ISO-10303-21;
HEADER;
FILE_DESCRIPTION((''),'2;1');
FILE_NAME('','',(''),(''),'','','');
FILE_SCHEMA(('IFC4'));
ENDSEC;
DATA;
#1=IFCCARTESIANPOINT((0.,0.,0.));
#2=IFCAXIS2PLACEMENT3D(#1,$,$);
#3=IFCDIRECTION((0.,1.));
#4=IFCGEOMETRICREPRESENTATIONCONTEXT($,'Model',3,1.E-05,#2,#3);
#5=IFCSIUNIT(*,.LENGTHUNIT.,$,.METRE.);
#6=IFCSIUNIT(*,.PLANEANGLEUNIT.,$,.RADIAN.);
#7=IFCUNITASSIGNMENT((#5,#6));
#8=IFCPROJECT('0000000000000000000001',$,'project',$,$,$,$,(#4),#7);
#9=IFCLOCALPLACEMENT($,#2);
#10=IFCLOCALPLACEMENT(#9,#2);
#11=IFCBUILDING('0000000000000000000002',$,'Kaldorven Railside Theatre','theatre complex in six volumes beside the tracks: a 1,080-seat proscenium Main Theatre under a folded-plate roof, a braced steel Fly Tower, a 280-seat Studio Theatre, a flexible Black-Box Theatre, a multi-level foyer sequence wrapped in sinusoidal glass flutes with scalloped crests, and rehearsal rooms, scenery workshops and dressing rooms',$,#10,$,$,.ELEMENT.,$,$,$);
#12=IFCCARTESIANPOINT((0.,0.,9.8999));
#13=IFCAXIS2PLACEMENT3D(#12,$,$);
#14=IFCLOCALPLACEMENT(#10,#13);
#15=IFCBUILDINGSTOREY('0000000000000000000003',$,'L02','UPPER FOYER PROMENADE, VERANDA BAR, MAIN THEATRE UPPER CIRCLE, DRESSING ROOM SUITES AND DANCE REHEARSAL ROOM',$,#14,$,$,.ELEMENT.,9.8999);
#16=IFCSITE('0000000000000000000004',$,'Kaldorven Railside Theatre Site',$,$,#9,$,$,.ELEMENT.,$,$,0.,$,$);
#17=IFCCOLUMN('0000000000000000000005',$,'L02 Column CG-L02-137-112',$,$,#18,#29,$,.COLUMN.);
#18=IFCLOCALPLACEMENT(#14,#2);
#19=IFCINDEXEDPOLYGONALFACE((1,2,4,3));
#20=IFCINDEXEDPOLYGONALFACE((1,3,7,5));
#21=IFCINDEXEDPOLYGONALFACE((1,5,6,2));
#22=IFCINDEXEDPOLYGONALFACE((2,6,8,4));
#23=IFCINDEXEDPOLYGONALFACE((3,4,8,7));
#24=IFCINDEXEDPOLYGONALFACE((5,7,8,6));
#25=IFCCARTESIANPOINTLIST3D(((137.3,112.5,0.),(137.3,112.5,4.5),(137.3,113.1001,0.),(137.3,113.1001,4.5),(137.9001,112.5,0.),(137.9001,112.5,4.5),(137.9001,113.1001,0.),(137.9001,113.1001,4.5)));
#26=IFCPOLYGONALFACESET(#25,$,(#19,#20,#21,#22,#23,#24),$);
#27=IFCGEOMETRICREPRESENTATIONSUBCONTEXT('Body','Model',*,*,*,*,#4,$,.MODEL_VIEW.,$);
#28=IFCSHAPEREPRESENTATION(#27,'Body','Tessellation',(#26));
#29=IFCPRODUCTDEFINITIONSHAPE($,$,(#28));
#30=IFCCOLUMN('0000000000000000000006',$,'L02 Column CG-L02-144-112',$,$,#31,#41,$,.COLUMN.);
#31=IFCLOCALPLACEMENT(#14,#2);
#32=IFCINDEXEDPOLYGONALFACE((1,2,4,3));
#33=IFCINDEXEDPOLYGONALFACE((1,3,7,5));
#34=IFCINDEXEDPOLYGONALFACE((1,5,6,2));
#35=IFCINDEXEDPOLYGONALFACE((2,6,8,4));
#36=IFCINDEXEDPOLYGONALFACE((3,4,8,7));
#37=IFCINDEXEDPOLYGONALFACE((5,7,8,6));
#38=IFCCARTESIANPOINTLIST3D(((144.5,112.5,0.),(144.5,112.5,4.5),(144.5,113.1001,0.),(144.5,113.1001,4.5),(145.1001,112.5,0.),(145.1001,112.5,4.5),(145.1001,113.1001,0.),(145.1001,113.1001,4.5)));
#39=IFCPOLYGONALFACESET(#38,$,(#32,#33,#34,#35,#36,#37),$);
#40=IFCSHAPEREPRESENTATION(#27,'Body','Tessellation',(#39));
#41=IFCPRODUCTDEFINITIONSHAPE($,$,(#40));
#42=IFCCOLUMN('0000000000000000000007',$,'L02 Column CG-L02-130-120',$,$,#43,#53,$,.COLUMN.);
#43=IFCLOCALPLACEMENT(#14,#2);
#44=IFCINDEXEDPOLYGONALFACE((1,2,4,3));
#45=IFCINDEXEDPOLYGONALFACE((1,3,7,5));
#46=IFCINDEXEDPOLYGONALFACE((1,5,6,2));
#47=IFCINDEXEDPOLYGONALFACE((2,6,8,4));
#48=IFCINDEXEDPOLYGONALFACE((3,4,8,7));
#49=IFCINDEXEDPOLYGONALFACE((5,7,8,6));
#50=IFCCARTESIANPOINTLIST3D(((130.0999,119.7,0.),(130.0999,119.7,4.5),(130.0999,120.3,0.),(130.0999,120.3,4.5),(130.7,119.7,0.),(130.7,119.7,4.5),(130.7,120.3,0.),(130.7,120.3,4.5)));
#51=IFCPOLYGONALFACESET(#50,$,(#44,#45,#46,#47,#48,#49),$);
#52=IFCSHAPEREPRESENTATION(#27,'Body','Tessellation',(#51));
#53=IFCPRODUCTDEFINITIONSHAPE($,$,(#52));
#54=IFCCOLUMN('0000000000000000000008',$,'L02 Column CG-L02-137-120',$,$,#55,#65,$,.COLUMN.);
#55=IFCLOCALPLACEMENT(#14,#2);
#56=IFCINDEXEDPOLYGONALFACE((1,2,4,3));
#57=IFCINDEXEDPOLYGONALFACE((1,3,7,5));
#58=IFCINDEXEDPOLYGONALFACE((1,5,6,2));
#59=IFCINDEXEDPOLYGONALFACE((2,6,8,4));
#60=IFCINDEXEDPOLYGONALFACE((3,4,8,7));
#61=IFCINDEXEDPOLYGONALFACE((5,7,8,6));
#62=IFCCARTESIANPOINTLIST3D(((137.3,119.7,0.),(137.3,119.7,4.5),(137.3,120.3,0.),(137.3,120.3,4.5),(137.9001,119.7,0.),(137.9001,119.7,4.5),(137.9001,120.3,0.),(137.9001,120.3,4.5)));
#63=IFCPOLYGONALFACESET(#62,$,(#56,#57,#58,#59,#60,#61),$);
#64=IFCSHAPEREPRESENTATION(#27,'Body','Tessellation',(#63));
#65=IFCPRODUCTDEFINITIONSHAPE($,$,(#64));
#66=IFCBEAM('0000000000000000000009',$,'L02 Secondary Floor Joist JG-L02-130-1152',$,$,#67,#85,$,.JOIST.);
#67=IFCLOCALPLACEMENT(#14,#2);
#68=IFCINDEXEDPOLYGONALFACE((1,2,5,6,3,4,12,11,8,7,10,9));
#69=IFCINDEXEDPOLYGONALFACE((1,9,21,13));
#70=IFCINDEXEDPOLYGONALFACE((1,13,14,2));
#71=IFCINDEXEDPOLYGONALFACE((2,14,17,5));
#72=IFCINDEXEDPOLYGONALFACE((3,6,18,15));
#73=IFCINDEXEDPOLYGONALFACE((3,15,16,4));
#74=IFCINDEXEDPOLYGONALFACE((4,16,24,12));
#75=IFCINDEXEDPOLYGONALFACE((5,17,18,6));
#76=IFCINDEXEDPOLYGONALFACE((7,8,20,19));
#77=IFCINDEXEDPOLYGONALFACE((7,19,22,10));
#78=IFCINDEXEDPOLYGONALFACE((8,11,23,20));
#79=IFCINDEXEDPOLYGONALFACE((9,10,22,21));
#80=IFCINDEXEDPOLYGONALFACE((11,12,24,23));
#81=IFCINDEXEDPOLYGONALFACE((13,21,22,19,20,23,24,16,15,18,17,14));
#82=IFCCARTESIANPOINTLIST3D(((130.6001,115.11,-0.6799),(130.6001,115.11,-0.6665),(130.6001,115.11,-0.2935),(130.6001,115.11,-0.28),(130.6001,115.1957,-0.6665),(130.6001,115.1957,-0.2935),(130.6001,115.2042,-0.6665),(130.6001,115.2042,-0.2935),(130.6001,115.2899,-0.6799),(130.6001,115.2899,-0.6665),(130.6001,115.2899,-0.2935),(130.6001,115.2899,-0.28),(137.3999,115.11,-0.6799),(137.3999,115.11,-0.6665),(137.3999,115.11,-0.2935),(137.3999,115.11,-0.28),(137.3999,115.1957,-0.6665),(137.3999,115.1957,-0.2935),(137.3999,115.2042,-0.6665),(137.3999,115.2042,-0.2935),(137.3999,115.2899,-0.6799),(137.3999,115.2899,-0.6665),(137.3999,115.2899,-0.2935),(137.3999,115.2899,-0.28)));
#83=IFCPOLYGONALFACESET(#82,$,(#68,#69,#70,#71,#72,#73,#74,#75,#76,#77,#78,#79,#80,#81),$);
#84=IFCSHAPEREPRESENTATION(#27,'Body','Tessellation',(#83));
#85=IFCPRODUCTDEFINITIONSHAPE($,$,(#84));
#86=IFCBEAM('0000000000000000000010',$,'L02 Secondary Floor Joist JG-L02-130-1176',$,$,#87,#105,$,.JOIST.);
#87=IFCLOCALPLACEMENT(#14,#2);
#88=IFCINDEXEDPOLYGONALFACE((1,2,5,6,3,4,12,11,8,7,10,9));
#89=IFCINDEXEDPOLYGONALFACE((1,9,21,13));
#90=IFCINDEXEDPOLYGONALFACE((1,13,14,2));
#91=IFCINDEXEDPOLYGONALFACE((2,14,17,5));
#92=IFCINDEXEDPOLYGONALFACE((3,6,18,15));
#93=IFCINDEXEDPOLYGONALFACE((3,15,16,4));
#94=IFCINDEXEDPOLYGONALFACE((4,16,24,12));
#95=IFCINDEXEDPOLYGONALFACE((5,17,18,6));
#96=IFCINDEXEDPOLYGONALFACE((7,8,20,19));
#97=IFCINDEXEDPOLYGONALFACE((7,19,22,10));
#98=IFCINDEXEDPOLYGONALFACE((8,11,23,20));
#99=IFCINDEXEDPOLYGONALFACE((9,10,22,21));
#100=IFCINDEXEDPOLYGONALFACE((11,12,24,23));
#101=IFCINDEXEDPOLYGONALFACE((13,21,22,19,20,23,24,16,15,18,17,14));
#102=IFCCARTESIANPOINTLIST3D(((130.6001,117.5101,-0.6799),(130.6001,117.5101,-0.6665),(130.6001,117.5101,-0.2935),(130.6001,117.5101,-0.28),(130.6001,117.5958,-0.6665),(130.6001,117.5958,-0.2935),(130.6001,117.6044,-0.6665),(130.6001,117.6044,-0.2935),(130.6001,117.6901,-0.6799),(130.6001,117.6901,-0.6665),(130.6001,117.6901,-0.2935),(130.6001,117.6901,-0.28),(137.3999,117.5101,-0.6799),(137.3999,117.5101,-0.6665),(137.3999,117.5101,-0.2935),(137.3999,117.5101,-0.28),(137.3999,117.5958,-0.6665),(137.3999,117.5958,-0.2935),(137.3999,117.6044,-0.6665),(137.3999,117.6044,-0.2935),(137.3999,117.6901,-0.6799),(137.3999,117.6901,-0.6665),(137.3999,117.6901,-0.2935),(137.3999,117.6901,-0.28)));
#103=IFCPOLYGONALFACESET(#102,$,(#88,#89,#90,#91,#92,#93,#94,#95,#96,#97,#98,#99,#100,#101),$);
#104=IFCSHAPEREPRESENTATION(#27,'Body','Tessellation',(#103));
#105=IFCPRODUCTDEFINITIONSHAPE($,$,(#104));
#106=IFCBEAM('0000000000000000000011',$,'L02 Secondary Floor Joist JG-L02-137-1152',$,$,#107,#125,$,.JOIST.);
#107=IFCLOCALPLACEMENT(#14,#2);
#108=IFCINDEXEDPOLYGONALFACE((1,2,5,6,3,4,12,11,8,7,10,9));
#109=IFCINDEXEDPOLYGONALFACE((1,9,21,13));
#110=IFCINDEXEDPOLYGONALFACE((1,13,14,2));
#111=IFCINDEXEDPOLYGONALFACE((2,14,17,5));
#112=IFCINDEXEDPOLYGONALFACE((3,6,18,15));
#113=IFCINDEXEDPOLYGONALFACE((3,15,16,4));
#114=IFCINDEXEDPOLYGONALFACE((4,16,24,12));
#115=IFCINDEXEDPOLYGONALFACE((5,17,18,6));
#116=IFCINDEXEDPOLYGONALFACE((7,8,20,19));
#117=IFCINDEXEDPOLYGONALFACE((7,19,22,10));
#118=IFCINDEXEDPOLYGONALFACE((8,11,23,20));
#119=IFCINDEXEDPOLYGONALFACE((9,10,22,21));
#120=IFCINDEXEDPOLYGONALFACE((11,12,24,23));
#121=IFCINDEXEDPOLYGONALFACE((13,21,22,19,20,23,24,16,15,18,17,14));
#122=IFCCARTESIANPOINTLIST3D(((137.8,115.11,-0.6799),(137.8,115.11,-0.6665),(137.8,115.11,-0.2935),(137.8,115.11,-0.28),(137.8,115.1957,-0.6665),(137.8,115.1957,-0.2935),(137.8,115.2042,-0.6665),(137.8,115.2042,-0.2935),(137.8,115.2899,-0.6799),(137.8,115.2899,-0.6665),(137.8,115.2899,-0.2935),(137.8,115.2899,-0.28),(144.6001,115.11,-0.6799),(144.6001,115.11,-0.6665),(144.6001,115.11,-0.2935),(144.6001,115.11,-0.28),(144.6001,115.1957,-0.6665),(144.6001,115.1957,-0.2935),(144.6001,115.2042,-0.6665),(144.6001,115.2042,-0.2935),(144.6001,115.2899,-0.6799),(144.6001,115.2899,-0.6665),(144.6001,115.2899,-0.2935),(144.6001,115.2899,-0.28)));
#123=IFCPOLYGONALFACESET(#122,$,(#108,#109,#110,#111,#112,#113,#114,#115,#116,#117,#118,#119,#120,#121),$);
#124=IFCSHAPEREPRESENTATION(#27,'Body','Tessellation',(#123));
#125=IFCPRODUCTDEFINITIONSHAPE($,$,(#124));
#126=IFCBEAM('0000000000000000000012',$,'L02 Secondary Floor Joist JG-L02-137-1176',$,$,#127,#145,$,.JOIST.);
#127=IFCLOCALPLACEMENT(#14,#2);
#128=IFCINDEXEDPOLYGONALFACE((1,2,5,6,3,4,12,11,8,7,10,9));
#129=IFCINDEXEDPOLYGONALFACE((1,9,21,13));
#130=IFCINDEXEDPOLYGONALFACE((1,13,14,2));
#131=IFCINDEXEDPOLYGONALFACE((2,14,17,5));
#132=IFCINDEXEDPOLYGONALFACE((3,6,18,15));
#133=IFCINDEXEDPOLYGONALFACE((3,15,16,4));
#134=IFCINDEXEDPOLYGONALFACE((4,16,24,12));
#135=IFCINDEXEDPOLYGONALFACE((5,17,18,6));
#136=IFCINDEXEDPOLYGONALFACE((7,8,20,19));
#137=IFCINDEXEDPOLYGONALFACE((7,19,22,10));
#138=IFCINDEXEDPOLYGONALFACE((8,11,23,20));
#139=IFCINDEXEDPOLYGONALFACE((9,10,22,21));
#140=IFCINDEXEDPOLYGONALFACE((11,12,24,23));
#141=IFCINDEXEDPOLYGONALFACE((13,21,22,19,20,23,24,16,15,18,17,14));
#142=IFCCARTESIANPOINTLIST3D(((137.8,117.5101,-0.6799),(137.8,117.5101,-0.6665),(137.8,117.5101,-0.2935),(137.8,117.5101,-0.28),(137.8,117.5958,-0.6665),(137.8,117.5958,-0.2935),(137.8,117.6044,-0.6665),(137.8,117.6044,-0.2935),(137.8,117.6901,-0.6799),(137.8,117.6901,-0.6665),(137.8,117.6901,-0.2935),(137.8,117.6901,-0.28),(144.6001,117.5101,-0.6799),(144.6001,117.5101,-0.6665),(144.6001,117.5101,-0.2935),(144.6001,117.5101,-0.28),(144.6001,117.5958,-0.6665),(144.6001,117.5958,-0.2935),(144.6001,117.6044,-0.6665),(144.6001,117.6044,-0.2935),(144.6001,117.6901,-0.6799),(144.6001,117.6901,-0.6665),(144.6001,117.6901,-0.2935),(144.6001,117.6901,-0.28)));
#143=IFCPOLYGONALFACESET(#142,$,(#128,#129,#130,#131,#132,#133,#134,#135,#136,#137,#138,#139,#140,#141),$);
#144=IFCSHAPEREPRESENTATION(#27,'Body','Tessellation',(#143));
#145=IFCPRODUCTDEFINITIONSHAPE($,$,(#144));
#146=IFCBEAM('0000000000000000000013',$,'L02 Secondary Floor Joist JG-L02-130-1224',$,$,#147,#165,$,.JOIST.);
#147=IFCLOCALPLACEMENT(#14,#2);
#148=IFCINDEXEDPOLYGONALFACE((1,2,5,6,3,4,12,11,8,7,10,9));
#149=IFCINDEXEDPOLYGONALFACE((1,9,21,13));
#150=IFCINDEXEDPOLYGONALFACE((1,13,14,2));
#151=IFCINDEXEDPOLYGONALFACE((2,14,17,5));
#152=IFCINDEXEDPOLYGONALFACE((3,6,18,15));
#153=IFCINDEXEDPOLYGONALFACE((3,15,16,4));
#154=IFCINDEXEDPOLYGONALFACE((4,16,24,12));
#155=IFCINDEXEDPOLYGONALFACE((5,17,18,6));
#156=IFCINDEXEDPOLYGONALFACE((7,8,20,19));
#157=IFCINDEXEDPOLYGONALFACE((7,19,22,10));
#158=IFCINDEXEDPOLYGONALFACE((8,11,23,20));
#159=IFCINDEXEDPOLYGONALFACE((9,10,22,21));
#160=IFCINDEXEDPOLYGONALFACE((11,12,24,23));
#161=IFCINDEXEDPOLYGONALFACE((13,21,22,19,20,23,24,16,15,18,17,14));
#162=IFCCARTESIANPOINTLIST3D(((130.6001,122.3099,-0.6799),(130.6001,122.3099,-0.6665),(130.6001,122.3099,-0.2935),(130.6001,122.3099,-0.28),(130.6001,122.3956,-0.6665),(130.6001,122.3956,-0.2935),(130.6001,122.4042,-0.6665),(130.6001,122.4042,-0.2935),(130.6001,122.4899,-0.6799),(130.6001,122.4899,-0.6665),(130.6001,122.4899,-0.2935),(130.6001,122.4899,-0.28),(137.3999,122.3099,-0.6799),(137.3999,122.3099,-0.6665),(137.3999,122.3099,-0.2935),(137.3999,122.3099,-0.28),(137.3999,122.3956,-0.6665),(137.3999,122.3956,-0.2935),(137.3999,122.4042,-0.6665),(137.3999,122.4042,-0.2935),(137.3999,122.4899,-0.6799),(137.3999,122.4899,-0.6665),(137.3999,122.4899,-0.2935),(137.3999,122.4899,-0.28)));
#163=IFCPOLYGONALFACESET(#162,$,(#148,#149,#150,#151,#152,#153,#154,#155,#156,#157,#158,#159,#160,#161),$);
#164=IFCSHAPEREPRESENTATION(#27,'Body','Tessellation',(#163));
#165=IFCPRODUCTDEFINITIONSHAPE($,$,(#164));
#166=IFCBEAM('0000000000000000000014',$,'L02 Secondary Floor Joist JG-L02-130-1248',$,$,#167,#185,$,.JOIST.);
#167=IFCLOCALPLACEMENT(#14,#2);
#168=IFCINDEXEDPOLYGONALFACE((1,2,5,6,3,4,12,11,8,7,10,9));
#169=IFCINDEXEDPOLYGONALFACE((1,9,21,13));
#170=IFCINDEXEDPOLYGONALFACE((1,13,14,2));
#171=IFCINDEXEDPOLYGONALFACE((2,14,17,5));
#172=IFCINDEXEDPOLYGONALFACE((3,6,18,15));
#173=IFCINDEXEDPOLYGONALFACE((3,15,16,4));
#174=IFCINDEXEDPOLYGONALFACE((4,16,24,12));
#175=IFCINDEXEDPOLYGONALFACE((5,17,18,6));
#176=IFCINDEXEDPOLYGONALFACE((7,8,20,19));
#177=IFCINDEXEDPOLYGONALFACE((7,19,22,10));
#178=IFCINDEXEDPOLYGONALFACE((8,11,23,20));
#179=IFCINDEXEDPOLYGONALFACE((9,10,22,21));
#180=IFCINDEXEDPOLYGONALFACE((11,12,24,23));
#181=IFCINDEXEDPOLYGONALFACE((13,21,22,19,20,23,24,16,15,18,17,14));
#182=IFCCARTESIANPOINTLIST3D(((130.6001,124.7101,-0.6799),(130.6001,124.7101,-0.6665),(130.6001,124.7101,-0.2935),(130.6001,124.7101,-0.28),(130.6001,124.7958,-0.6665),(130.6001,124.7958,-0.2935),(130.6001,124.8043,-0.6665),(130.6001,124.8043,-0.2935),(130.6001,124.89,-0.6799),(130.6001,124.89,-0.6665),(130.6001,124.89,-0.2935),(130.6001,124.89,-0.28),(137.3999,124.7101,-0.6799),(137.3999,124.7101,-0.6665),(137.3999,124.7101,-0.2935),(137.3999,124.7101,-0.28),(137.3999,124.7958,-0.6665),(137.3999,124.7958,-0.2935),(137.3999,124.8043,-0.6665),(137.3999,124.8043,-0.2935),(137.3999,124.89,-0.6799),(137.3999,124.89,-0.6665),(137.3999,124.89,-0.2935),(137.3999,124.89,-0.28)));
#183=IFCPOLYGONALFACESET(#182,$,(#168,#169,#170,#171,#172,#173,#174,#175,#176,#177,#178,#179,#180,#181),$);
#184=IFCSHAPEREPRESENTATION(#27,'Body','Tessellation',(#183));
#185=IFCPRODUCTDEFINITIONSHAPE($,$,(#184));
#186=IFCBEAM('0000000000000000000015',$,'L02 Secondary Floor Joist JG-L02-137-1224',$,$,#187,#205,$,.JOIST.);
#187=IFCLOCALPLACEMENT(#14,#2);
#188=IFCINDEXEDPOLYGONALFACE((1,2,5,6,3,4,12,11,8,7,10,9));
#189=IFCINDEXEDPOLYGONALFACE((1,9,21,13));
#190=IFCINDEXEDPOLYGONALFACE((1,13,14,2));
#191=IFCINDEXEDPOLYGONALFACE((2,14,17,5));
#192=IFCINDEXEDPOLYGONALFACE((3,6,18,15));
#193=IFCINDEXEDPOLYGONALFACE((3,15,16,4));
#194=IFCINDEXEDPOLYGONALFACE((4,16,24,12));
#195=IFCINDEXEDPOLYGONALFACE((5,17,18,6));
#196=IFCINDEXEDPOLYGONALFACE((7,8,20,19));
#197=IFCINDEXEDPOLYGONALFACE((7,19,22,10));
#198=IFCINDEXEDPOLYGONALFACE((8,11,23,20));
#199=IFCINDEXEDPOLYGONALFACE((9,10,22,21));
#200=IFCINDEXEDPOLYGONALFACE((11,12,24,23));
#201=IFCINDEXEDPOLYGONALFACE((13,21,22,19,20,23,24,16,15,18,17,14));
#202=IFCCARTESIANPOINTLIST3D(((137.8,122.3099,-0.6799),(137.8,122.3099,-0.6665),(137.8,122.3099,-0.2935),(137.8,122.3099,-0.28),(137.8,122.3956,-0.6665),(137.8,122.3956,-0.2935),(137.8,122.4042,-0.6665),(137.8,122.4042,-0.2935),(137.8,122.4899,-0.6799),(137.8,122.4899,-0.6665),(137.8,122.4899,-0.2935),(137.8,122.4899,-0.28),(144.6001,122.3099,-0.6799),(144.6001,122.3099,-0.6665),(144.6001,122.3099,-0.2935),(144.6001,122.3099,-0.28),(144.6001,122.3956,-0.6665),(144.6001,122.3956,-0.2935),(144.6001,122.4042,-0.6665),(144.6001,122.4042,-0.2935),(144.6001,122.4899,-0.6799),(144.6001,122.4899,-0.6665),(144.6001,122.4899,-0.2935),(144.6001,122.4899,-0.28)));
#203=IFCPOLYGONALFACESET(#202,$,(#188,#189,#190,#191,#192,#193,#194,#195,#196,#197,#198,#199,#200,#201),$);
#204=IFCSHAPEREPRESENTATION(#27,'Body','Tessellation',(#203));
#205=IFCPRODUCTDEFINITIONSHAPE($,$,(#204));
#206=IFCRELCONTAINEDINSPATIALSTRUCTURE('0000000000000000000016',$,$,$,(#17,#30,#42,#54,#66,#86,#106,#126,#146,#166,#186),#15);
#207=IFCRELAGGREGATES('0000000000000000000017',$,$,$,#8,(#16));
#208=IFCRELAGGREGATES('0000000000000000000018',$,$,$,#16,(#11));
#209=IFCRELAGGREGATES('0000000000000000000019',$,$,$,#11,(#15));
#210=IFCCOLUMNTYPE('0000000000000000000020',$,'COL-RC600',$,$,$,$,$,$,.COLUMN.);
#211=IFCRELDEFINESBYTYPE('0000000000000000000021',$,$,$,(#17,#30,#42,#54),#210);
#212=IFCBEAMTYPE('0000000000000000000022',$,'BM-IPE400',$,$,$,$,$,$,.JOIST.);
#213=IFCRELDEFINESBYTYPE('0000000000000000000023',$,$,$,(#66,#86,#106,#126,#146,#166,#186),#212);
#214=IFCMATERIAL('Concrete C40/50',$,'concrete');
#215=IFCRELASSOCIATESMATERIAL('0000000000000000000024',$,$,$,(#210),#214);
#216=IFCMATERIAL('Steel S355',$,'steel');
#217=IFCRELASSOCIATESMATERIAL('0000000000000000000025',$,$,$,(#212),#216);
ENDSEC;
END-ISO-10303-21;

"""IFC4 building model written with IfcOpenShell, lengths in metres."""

from ifc_helpers import new_model, si_unit, direction, frame, origin, origin_2d, place, context, subcontext, project, spatial, rectangle, i_section, extrude, material, material_profile, profile_set, type_object, element, save


model = new_model("IFC4")

# Units and contexts
model_context = context("Model", 3, precision=1e-05, world=origin(), true_north=direction((0.0, 1.0)))
body_context = subcontext(model_context, "Body", "Model", "MODEL_VIEW")
ifc_project = project(units=[si_unit("LENGTHUNIT", "METRE"), si_unit("PLANEANGLEUNIT", "RADIAN")], contexts=[model_context])

# Site, building, storey
site_placement = place(None, origin())
site = spatial("IfcSite", under=ifc_project, at=site_placement, Name="Kaldorven Railside Theatre Site", CompositionType="ELEMENT", RefElevation=0.0)
building_placement = place(site_placement, origin())
building = spatial("IfcBuilding", under=site, at=building_placement, Name="Kaldorven Railside Theatre", Description="theatre complex in six volumes beside the tracks: a 1,080-seat proscenium Main Theatre under a folded-plate roof, a braced steel Fly Tower, a 280-seat Studio Theatre, a flexible Black-Box Theatre, a multi-level foyer sequence wrapped in sinusoidal glass flutes with scalloped crests, and rehearsal rooms, scenery workshops and dressing rooms", CompositionType="ELEMENT")
storey_placement = place(building_placement, frame((0.0, 0.0, 9.8999)))
storey = spatial("IfcBuildingStorey", under=building, at=storey_placement, Name="L02", Description="UPPER FOYER PROMENADE, VERANDA BAR, MAIN THEATRE UPPER CIRCLE, DRESSING ROOM SUITES AND DANCE REHEARSAL ROOM", CompositionType="ELEMENT", Elevation=9.8999)

# Columns
ifc_material_1 = material(Name="Concrete C40/50", Category="concrete")
ifc_material_profile_1 = material_profile(ifc_material_1, rectangle(XDim=0.6001, YDim=0.6001, at=origin_2d()), Name="RC 600x600")
ifc_profile_set_1 = profile_set([ifc_material_profile_1], Name="Concrete C40/50")
column_type = type_object("IfcColumnType", Name="COL-RC600", PredefinedType="COLUMN", material=ifc_profile_set_1)
for number, where, z_axis, x_axis, name in (
    (1, (137.6001, 112.8, 0.0), (0.0, 0.0, 1.0), (1.0, 0.0, 0.0), "L02 Column CG-L02-137-112"),
    (2, (144.8, 112.8, 0.0), (0.0, 0.0, 1.0), (0.0, 1.0, 0.0), "L02 Column CG-L02-144-112"),
    (3, (130.3999, 120.0, 0.0), (0.0, 0.0, 1.0), (1.0, 0.0, 0.0), "L02 Column CG-L02-130-120"),
    (4, (137.6001, 120.0, 0.0), (0.0, 0.0, 1.0), (0.0, 1.0, 0.0), "L02 Column CG-L02-137-120"),
):
    element("IfcColumn", number, at=place(storey_placement, frame(where, z_axis=z_axis, x_axis=x_axis)), inside=storey, type_object=column_type, Name=name, PredefinedType="COLUMN", context=body_context, shape_type="SweptSolid", body=[
        extrude(rectangle(XDim=0.6001, YDim=0.6001, at=origin_2d()), origin(), (0.0, 0.0, 1.0), 4.5),
    ])

# Beams
ifc_material_2 = material(Name="Steel S355", Category="steel")
ifc_material_profile_2 = material_profile(ifc_material_2, i_section(OverallWidth=0.1799, OverallDepth=0.3999, WebThickness=0.0085, FlangeThickness=0.0134, at=origin_2d()), Name="IPE 400")
ifc_profile_set_2 = profile_set([ifc_material_profile_2], Name="Steel S355")
beam_type_1 = type_object("IfcBeamType", Name="BM-IPE400", PredefinedType="JOIST", material=ifc_profile_set_2)
for number, where, z_axis, x_axis, name in (
    (5, (130.6001, 115.2, -0.48), (1.0, 0.0, 0.0), (0.0, 1.0, 0.0), "L02 Secondary Floor Joist JG-L02-130-1152"),
    (6, (130.6001, 117.6001, -0.48), (1.0, 0.0, 0.0), (0.0, 1.0, 0.0), "L02 Secondary Floor Joist JG-L02-130-1176"),
):
    element("IfcBeam", number, at=place(storey_placement, frame(where, z_axis=z_axis, x_axis=x_axis)), inside=storey, type_object=beam_type_1, Name=name, PredefinedType="JOIST", context=body_context, shape_type="SweptSolid", body=[
        extrude(i_section(OverallWidth=0.1799, OverallDepth=0.3999, WebThickness=0.0085, FlangeThickness=0.0134, at=origin_2d()), origin(), (0.0, 0.0, 1.0), 6.7998),
    ])
for number, where, z_axis, x_axis, name in (
    (7, (137.8, 115.2, -0.48), (1.0, 0.0, 0.0), (0.0, 1.0, 0.0), "L02 Secondary Floor Joist JG-L02-137-1152"),
    (8, (137.8, 117.6001, -0.48), (1.0, 0.0, 0.0), (0.0, 1.0, 0.0), "L02 Secondary Floor Joist JG-L02-137-1176"),
):
    element("IfcBeam", number, at=place(storey_placement, frame(where, z_axis=z_axis, x_axis=x_axis)), inside=storey, type_object=beam_type_1, Name=name, PredefinedType="JOIST", context=body_context, shape_type="SweptSolid", body=[
        extrude(i_section(OverallWidth=0.1799, OverallDepth=0.3999, WebThickness=0.0085, FlangeThickness=0.0134, at=origin_2d()), origin(), (0.0, 0.0, 1.0), 6.8),
    ])
for number, where, z_axis, x_axis, name in (
    (9, (130.6001, 122.3999, -0.48), (1.0, 0.0, 0.0), (0.0, 1.0, 0.0), "L02 Secondary Floor Joist JG-L02-130-1224"),
    (10, (130.6001, 124.8, -0.48), (1.0, 0.0, 0.0), (0.0, 1.0, 0.0), "L02 Secondary Floor Joist JG-L02-130-1248"),
):
    element("IfcBeam", number, at=place(storey_placement, frame(where, z_axis=z_axis, x_axis=x_axis)), inside=storey, type_object=beam_type_1, Name=name, PredefinedType="JOIST", context=body_context, shape_type="SweptSolid", body=[
        extrude(i_section(OverallWidth=0.1799, OverallDepth=0.3999, WebThickness=0.0085, FlangeThickness=0.0134, at=origin_2d()), origin(), (0.0, 0.0, 1.0), 6.7998),
    ])
for number, where, z_axis, x_axis, name in (
    (11, (137.8, 122.3999, -0.48), (1.0, 0.0, 0.0), (0.0, 1.0, 0.0), "L02 Secondary Floor Joist JG-L02-137-1224"),
):
    element("IfcBeam", number, at=place(storey_placement, frame(where, z_axis=z_axis, x_axis=x_axis)), inside=storey, type_object=beam_type_1, Name=name, PredefinedType="JOIST", context=body_context, shape_type="SweptSolid", body=[
        extrude(i_section(OverallWidth=0.1799, OverallDepth=0.3999, WebThickness=0.0085, FlangeThickness=0.0134, at=origin_2d()), origin(), (0.0, 0.0, 1.0), 6.8),
    ])

save(model, "model.ifc")
